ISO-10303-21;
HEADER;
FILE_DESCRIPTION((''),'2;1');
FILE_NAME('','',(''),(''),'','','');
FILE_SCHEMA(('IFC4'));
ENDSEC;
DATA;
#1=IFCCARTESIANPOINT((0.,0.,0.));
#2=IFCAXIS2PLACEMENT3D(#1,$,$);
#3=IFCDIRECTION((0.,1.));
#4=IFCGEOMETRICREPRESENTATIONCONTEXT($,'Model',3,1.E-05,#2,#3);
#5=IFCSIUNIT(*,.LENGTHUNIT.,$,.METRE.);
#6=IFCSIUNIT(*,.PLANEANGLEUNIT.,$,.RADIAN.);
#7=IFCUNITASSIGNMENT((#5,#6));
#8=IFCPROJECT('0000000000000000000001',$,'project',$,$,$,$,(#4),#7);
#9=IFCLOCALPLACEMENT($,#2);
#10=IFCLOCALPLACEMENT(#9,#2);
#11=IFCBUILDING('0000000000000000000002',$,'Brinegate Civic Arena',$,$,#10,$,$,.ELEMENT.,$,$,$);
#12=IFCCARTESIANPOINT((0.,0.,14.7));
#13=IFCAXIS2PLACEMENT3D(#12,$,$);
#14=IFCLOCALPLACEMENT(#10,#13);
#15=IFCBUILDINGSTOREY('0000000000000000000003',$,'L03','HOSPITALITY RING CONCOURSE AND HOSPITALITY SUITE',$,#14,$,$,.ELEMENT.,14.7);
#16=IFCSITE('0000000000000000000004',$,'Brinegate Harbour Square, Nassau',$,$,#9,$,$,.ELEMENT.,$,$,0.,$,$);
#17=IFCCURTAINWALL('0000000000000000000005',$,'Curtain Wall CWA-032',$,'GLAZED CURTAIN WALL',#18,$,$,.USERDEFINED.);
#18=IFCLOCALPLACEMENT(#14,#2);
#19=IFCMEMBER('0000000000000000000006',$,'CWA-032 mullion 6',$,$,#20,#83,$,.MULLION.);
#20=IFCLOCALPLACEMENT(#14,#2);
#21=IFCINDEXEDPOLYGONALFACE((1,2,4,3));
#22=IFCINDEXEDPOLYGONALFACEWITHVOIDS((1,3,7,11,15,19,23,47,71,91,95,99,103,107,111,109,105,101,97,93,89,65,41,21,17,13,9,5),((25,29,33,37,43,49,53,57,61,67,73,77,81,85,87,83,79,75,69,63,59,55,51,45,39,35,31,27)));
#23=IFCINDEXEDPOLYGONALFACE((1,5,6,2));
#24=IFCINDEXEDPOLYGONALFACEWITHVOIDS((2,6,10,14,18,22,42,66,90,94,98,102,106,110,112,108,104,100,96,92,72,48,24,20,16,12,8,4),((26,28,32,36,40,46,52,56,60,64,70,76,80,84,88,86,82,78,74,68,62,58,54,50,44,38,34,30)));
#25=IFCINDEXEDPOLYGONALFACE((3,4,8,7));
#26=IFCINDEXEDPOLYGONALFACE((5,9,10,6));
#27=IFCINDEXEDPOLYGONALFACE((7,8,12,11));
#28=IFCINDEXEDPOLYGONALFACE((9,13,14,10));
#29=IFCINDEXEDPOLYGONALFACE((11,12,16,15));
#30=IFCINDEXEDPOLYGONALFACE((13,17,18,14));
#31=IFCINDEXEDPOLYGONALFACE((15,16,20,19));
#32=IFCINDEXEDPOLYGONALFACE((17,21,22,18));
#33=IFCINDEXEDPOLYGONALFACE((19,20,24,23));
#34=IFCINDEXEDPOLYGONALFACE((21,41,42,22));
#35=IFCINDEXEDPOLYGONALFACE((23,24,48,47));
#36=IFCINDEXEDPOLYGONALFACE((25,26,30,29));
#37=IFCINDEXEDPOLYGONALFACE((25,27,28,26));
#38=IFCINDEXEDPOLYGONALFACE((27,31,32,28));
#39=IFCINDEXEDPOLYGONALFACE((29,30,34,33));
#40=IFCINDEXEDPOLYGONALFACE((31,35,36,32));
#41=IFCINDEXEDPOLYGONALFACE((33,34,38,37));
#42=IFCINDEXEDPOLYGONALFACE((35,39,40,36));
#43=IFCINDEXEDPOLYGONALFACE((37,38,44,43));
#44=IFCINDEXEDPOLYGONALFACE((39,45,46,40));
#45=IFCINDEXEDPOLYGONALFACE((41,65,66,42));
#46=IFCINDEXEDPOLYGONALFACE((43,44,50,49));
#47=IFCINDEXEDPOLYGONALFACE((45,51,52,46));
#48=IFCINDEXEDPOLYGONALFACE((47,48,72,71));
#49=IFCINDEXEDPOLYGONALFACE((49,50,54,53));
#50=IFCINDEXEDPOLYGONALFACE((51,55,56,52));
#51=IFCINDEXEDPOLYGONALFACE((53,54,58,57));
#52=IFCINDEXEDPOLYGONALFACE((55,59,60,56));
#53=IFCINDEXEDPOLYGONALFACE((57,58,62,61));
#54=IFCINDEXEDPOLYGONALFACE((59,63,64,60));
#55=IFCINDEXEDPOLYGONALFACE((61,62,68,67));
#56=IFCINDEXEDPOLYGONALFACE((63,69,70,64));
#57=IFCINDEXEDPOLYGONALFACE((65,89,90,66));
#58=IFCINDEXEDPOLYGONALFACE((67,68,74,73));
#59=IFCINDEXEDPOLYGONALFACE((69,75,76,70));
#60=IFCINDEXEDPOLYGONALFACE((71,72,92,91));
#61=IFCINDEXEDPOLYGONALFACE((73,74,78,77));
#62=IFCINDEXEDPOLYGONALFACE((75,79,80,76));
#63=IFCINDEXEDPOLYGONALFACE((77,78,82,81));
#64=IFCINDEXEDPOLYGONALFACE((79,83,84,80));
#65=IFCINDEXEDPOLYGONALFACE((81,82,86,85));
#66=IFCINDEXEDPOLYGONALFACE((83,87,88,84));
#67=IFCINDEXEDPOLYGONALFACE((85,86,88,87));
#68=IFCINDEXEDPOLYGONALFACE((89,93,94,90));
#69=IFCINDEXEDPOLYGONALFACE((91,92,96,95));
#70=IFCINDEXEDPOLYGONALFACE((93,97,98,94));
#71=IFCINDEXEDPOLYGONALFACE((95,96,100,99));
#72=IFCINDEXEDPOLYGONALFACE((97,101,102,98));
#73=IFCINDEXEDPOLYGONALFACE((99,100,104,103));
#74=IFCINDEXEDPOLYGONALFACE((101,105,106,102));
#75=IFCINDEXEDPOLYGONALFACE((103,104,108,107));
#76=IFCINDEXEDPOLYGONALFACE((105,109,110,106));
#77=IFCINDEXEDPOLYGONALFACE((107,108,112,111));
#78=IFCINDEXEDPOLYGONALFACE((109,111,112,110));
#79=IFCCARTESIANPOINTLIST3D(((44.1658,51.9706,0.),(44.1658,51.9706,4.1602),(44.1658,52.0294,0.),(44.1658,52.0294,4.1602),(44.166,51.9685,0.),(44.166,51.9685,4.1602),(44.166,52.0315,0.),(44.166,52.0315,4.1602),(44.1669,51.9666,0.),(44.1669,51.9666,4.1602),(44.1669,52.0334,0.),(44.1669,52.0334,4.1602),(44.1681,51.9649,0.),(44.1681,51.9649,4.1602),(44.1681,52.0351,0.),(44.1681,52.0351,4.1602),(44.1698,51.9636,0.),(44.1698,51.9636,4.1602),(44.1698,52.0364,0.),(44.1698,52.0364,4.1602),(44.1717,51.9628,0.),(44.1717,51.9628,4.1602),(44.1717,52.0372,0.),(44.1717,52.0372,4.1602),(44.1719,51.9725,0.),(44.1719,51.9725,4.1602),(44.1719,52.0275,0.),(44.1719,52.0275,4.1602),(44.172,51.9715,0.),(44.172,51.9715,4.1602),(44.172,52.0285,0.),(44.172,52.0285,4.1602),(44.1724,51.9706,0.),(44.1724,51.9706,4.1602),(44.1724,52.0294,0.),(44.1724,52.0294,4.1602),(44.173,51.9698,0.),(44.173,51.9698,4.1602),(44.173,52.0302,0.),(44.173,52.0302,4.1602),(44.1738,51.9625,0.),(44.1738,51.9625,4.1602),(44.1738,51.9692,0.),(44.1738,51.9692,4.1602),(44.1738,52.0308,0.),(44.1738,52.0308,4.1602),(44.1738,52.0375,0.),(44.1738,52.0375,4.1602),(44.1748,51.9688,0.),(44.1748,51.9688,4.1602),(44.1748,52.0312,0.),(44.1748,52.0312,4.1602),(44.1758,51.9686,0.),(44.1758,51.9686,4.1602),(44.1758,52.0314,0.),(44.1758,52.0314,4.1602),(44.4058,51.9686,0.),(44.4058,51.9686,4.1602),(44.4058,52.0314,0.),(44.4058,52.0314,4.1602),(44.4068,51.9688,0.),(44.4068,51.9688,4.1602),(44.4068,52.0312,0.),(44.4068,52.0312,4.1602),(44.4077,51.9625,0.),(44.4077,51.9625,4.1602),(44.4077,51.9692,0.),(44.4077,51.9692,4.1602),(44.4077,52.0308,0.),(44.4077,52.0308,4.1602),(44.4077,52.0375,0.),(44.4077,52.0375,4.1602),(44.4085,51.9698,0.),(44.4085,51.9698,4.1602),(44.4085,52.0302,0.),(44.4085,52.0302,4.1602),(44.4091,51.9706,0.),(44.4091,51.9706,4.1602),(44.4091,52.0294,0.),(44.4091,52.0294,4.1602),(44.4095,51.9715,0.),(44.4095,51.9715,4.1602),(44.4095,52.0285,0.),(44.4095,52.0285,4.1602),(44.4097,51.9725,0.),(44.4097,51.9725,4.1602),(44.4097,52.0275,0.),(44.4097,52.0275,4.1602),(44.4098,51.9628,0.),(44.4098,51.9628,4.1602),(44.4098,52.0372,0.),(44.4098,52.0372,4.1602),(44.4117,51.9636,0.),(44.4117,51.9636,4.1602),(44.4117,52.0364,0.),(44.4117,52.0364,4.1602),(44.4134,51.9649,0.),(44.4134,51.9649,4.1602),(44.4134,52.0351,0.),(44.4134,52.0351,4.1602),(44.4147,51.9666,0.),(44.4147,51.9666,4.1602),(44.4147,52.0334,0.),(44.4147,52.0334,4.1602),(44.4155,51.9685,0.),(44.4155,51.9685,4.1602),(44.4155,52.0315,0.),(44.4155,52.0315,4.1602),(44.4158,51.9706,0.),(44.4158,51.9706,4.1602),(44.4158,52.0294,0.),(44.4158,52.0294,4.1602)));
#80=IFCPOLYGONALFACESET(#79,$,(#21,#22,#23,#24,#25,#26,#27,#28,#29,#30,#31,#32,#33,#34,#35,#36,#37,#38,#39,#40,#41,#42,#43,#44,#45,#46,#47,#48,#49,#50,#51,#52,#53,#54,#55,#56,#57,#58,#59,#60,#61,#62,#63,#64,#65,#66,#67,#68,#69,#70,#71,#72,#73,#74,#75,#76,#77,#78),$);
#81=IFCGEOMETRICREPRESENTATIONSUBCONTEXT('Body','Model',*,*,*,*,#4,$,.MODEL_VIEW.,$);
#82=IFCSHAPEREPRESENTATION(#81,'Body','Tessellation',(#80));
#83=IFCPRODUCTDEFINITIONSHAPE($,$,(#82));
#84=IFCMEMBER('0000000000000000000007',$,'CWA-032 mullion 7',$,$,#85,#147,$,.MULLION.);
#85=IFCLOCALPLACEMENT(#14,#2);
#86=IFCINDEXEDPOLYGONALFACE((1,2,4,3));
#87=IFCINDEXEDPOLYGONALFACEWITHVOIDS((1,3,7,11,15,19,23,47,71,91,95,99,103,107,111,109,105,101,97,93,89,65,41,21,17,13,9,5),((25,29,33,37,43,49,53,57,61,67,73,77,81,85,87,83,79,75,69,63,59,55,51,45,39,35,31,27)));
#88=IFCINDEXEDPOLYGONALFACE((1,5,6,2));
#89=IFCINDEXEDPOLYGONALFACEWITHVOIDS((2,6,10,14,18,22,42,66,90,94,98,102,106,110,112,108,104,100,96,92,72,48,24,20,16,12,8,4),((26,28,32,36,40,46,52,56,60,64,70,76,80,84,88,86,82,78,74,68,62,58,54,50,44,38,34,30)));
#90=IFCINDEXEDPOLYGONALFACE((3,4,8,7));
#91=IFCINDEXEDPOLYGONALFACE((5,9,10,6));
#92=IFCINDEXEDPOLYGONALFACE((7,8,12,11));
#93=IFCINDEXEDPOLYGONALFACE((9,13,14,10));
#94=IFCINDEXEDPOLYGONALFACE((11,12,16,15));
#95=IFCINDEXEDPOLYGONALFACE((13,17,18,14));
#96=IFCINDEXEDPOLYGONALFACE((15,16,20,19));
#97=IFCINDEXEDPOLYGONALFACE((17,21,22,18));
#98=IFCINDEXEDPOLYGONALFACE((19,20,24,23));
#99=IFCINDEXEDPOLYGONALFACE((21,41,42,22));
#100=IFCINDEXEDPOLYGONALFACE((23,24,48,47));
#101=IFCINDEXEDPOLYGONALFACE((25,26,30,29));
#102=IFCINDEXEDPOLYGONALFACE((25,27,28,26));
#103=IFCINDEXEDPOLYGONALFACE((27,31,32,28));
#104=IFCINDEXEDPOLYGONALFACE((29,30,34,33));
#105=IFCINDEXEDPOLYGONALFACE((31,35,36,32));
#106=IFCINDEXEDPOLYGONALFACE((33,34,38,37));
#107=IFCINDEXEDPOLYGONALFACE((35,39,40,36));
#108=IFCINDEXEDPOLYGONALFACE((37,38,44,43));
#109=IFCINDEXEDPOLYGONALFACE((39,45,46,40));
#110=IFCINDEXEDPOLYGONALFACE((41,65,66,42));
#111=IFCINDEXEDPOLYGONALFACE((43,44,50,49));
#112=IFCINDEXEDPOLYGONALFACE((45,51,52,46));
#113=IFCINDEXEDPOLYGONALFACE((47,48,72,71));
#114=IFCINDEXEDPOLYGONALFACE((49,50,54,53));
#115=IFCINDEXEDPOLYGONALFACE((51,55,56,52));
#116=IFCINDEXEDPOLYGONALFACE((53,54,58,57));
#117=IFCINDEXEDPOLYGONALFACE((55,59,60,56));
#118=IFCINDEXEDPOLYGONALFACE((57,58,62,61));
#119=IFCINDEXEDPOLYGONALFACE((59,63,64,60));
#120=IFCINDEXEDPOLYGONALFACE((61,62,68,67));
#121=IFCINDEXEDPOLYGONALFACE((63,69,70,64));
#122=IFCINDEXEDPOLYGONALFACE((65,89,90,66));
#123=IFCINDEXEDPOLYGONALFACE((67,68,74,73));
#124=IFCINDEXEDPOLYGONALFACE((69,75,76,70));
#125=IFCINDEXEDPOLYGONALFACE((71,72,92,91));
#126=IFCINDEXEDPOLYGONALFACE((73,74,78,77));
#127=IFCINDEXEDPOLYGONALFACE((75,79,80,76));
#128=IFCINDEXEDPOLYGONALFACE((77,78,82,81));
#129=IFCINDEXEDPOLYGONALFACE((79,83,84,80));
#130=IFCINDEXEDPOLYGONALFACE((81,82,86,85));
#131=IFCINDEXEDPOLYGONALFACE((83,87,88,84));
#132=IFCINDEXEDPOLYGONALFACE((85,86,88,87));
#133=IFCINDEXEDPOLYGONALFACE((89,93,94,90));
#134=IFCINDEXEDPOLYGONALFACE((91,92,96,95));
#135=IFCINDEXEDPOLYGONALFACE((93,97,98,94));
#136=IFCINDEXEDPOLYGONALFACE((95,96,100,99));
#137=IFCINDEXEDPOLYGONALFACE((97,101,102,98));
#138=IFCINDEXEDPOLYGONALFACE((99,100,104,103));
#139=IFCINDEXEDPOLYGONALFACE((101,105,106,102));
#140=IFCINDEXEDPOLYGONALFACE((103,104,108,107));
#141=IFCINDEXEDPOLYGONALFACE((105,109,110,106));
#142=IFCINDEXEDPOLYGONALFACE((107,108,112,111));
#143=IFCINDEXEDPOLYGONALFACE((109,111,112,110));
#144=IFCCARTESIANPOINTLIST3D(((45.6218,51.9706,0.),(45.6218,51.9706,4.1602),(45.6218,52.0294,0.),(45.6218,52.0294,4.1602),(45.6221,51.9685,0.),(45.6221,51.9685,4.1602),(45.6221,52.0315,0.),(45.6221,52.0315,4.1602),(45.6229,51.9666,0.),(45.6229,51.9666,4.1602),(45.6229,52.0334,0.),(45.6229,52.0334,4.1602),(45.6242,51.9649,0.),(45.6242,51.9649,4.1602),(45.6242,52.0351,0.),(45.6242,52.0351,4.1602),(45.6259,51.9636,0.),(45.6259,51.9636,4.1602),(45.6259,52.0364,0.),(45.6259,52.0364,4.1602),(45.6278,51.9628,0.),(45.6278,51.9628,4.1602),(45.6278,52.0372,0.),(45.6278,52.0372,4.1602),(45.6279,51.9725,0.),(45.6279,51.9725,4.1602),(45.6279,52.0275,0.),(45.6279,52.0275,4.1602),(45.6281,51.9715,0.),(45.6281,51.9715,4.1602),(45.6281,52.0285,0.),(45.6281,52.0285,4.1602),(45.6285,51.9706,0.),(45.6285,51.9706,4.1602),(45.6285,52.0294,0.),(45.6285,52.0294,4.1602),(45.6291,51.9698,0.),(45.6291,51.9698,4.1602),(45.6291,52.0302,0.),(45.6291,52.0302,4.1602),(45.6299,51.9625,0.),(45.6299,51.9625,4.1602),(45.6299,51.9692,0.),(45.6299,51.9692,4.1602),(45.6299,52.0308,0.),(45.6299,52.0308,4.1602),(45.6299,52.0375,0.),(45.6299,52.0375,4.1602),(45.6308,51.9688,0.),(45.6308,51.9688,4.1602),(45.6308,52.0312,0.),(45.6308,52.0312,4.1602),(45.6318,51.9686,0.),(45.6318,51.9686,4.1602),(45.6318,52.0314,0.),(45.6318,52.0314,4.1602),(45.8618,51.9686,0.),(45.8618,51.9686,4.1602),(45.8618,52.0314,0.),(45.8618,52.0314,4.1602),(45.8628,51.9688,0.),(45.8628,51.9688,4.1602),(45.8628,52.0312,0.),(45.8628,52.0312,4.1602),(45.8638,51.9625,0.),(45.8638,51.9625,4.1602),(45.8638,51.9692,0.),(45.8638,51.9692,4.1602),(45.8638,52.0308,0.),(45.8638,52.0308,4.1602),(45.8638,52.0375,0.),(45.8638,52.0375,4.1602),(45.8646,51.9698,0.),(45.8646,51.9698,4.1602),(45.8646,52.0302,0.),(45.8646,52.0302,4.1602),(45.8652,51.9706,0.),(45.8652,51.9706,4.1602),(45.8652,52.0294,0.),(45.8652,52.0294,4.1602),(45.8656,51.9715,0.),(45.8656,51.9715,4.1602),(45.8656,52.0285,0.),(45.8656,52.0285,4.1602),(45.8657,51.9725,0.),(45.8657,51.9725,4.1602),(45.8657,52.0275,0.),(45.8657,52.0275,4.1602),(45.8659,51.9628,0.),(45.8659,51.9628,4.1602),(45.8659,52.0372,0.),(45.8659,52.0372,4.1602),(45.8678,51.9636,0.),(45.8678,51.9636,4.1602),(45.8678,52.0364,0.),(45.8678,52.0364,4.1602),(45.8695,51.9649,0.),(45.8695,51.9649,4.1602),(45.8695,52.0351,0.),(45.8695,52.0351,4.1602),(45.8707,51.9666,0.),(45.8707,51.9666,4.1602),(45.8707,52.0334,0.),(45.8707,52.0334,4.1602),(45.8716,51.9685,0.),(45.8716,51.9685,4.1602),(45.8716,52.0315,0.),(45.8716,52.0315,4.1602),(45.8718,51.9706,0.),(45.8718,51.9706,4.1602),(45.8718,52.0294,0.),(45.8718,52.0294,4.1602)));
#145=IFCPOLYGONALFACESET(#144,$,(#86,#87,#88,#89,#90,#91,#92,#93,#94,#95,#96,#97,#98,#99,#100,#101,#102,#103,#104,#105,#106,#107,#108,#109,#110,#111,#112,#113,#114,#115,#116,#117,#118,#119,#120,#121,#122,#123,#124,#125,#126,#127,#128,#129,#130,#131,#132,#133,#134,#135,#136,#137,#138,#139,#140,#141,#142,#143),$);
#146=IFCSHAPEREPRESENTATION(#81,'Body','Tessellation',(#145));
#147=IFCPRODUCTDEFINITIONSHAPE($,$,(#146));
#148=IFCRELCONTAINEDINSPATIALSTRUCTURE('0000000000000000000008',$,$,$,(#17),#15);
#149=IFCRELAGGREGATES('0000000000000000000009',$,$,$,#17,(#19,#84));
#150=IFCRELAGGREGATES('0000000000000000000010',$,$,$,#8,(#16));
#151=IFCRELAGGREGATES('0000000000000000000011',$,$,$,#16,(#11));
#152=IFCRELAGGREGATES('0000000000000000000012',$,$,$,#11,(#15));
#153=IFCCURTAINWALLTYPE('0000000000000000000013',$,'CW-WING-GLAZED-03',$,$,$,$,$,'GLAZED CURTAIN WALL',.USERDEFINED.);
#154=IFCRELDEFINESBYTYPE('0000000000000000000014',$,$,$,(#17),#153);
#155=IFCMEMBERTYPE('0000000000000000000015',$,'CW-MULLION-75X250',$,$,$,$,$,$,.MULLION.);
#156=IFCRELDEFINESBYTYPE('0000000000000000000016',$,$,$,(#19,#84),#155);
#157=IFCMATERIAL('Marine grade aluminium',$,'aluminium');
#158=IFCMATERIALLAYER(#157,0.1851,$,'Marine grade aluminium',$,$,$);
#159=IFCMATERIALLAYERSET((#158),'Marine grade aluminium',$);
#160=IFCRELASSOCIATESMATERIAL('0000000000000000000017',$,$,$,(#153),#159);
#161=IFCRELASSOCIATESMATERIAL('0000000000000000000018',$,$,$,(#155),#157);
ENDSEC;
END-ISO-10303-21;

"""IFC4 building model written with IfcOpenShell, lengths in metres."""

from ifc_helpers import new_model, si_unit, direction, frame, origin, origin_2d, place, context, subcontext, project, spatial, hollow_rectangle, extrude, material, layer, layer_set, material_profile, profile_set, type_object, element, aggregate, save


model = new_model("IFC4")

# Units and contexts
model_context = context("Model", 3, precision=1e-05, world=origin(), true_north=direction((0.0, 1.0)))
body_context = subcontext(model_context, "Body", "Model", "MODEL_VIEW")
ifc_project = project(units=[si_unit("LENGTHUNIT", "METRE"), si_unit("PLANEANGLEUNIT", "RADIAN")], contexts=[model_context])

# Site, building, storey
site_placement = place(None, origin())
site = spatial("IfcSite", under=ifc_project, at=site_placement, Name="Brinegate Harbour Square, Nassau", CompositionType="ELEMENT", RefElevation=0.0)
building_placement = place(site_placement, origin())
building = spatial("IfcBuilding", under=site, at=building_placement, Name="Brinegate Civic Arena", CompositionType="ELEMENT")
storey_placement = place(building_placement, frame((0.0, 0.0, 14.7)))
storey = spatial("IfcBuildingStorey", under=building, at=storey_placement, Name="L03", Description="HOSPITALITY RING CONCOURSE AND HOSPITALITY SUITE", CompositionType="ELEMENT", Elevation=14.7)

# Curtain wall, members
ifc_material_1 = material(Name="Marine grade aluminium", Category="aluminium")
ifc_layer_1 = layer(ifc_material_1, 0.1851, Name="Marine grade aluminium")
ifc_layer_set_1 = layer_set([ifc_layer_1], Name="Marine grade aluminium")
curtain_wall_type = type_object("IfcCurtainWallType", Name="CW-WING-GLAZED-03", ElementType="GLAZED CURTAIN WALL", PredefinedType="USERDEFINED", material=ifc_layer_set_1)
curtain_wall_placement = place(storey_placement, origin())
curtain_wall = element("IfcCurtainWall", 1, at=curtain_wall_placement, inside=storey, type_object=curtain_wall_type, Name="Curtain Wall CWA-032", ObjectType="GLAZED CURTAIN WALL", PredefinedType="USERDEFINED")
ifc_material_profile_1 = material_profile(ifc_material_1, hollow_rectangle(XDim=0.075, YDim=0.25, WallThickness=0.0061, InnerFilletRadius=0.0039, OuterFilletRadius=0.0081, at=origin_2d()), Name="MUL75X250")
ifc_profile_set_1 = profile_set([ifc_material_profile_1], Name="Marine grade aluminium")
member_type_1 = type_object("IfcMemberType", Name="CW-MULLION-75X250", PredefinedType="MULLION", material=ifc_profile_set_1)
member_1_placement = place(storey_placement, frame((44.2908, 52.0, 0.0), z_axis=(0.0, 0.0, 1.0), x_axis=(0.0, 1.0, 0.0)))
member_1 = element("IfcMember", 2, at=member_1_placement, type_object=member_type_1, Name="CWA-032 mullion 6", PredefinedType="MULLION", context=body_context, shape_type="SweptSolid", body=[
    extrude(hollow_rectangle(XDim=0.075, YDim=0.25, WallThickness=0.0061, InnerFilletRadius=0.0039, OuterFilletRadius=0.0081, at=origin_2d()), origin(), (0.0, 0.0, 1.0), 4.1602),
])
member_2_placement = place(storey_placement, frame((45.7468, 52.0, 0.0), z_axis=(0.0, 0.0, 1.0), x_axis=(0.0, 1.0, 0.0)))
member_2 = element("IfcMember", 3, at=member_2_placement, type_object=member_type_1, Name="CWA-032 mullion 7", PredefinedType="MULLION", context=body_context, shape_type="SweptSolid", body=[
    extrude(hollow_rectangle(XDim=0.075, YDim=0.25, WallThickness=0.0061, InnerFilletRadius=0.0039, OuterFilletRadius=0.0081, at=origin_2d()), origin(), (0.0, 0.0, 1.0), 4.1602),
])
aggregate(curtain_wall, [member_1, member_2])

save(model, "model.ifc")
